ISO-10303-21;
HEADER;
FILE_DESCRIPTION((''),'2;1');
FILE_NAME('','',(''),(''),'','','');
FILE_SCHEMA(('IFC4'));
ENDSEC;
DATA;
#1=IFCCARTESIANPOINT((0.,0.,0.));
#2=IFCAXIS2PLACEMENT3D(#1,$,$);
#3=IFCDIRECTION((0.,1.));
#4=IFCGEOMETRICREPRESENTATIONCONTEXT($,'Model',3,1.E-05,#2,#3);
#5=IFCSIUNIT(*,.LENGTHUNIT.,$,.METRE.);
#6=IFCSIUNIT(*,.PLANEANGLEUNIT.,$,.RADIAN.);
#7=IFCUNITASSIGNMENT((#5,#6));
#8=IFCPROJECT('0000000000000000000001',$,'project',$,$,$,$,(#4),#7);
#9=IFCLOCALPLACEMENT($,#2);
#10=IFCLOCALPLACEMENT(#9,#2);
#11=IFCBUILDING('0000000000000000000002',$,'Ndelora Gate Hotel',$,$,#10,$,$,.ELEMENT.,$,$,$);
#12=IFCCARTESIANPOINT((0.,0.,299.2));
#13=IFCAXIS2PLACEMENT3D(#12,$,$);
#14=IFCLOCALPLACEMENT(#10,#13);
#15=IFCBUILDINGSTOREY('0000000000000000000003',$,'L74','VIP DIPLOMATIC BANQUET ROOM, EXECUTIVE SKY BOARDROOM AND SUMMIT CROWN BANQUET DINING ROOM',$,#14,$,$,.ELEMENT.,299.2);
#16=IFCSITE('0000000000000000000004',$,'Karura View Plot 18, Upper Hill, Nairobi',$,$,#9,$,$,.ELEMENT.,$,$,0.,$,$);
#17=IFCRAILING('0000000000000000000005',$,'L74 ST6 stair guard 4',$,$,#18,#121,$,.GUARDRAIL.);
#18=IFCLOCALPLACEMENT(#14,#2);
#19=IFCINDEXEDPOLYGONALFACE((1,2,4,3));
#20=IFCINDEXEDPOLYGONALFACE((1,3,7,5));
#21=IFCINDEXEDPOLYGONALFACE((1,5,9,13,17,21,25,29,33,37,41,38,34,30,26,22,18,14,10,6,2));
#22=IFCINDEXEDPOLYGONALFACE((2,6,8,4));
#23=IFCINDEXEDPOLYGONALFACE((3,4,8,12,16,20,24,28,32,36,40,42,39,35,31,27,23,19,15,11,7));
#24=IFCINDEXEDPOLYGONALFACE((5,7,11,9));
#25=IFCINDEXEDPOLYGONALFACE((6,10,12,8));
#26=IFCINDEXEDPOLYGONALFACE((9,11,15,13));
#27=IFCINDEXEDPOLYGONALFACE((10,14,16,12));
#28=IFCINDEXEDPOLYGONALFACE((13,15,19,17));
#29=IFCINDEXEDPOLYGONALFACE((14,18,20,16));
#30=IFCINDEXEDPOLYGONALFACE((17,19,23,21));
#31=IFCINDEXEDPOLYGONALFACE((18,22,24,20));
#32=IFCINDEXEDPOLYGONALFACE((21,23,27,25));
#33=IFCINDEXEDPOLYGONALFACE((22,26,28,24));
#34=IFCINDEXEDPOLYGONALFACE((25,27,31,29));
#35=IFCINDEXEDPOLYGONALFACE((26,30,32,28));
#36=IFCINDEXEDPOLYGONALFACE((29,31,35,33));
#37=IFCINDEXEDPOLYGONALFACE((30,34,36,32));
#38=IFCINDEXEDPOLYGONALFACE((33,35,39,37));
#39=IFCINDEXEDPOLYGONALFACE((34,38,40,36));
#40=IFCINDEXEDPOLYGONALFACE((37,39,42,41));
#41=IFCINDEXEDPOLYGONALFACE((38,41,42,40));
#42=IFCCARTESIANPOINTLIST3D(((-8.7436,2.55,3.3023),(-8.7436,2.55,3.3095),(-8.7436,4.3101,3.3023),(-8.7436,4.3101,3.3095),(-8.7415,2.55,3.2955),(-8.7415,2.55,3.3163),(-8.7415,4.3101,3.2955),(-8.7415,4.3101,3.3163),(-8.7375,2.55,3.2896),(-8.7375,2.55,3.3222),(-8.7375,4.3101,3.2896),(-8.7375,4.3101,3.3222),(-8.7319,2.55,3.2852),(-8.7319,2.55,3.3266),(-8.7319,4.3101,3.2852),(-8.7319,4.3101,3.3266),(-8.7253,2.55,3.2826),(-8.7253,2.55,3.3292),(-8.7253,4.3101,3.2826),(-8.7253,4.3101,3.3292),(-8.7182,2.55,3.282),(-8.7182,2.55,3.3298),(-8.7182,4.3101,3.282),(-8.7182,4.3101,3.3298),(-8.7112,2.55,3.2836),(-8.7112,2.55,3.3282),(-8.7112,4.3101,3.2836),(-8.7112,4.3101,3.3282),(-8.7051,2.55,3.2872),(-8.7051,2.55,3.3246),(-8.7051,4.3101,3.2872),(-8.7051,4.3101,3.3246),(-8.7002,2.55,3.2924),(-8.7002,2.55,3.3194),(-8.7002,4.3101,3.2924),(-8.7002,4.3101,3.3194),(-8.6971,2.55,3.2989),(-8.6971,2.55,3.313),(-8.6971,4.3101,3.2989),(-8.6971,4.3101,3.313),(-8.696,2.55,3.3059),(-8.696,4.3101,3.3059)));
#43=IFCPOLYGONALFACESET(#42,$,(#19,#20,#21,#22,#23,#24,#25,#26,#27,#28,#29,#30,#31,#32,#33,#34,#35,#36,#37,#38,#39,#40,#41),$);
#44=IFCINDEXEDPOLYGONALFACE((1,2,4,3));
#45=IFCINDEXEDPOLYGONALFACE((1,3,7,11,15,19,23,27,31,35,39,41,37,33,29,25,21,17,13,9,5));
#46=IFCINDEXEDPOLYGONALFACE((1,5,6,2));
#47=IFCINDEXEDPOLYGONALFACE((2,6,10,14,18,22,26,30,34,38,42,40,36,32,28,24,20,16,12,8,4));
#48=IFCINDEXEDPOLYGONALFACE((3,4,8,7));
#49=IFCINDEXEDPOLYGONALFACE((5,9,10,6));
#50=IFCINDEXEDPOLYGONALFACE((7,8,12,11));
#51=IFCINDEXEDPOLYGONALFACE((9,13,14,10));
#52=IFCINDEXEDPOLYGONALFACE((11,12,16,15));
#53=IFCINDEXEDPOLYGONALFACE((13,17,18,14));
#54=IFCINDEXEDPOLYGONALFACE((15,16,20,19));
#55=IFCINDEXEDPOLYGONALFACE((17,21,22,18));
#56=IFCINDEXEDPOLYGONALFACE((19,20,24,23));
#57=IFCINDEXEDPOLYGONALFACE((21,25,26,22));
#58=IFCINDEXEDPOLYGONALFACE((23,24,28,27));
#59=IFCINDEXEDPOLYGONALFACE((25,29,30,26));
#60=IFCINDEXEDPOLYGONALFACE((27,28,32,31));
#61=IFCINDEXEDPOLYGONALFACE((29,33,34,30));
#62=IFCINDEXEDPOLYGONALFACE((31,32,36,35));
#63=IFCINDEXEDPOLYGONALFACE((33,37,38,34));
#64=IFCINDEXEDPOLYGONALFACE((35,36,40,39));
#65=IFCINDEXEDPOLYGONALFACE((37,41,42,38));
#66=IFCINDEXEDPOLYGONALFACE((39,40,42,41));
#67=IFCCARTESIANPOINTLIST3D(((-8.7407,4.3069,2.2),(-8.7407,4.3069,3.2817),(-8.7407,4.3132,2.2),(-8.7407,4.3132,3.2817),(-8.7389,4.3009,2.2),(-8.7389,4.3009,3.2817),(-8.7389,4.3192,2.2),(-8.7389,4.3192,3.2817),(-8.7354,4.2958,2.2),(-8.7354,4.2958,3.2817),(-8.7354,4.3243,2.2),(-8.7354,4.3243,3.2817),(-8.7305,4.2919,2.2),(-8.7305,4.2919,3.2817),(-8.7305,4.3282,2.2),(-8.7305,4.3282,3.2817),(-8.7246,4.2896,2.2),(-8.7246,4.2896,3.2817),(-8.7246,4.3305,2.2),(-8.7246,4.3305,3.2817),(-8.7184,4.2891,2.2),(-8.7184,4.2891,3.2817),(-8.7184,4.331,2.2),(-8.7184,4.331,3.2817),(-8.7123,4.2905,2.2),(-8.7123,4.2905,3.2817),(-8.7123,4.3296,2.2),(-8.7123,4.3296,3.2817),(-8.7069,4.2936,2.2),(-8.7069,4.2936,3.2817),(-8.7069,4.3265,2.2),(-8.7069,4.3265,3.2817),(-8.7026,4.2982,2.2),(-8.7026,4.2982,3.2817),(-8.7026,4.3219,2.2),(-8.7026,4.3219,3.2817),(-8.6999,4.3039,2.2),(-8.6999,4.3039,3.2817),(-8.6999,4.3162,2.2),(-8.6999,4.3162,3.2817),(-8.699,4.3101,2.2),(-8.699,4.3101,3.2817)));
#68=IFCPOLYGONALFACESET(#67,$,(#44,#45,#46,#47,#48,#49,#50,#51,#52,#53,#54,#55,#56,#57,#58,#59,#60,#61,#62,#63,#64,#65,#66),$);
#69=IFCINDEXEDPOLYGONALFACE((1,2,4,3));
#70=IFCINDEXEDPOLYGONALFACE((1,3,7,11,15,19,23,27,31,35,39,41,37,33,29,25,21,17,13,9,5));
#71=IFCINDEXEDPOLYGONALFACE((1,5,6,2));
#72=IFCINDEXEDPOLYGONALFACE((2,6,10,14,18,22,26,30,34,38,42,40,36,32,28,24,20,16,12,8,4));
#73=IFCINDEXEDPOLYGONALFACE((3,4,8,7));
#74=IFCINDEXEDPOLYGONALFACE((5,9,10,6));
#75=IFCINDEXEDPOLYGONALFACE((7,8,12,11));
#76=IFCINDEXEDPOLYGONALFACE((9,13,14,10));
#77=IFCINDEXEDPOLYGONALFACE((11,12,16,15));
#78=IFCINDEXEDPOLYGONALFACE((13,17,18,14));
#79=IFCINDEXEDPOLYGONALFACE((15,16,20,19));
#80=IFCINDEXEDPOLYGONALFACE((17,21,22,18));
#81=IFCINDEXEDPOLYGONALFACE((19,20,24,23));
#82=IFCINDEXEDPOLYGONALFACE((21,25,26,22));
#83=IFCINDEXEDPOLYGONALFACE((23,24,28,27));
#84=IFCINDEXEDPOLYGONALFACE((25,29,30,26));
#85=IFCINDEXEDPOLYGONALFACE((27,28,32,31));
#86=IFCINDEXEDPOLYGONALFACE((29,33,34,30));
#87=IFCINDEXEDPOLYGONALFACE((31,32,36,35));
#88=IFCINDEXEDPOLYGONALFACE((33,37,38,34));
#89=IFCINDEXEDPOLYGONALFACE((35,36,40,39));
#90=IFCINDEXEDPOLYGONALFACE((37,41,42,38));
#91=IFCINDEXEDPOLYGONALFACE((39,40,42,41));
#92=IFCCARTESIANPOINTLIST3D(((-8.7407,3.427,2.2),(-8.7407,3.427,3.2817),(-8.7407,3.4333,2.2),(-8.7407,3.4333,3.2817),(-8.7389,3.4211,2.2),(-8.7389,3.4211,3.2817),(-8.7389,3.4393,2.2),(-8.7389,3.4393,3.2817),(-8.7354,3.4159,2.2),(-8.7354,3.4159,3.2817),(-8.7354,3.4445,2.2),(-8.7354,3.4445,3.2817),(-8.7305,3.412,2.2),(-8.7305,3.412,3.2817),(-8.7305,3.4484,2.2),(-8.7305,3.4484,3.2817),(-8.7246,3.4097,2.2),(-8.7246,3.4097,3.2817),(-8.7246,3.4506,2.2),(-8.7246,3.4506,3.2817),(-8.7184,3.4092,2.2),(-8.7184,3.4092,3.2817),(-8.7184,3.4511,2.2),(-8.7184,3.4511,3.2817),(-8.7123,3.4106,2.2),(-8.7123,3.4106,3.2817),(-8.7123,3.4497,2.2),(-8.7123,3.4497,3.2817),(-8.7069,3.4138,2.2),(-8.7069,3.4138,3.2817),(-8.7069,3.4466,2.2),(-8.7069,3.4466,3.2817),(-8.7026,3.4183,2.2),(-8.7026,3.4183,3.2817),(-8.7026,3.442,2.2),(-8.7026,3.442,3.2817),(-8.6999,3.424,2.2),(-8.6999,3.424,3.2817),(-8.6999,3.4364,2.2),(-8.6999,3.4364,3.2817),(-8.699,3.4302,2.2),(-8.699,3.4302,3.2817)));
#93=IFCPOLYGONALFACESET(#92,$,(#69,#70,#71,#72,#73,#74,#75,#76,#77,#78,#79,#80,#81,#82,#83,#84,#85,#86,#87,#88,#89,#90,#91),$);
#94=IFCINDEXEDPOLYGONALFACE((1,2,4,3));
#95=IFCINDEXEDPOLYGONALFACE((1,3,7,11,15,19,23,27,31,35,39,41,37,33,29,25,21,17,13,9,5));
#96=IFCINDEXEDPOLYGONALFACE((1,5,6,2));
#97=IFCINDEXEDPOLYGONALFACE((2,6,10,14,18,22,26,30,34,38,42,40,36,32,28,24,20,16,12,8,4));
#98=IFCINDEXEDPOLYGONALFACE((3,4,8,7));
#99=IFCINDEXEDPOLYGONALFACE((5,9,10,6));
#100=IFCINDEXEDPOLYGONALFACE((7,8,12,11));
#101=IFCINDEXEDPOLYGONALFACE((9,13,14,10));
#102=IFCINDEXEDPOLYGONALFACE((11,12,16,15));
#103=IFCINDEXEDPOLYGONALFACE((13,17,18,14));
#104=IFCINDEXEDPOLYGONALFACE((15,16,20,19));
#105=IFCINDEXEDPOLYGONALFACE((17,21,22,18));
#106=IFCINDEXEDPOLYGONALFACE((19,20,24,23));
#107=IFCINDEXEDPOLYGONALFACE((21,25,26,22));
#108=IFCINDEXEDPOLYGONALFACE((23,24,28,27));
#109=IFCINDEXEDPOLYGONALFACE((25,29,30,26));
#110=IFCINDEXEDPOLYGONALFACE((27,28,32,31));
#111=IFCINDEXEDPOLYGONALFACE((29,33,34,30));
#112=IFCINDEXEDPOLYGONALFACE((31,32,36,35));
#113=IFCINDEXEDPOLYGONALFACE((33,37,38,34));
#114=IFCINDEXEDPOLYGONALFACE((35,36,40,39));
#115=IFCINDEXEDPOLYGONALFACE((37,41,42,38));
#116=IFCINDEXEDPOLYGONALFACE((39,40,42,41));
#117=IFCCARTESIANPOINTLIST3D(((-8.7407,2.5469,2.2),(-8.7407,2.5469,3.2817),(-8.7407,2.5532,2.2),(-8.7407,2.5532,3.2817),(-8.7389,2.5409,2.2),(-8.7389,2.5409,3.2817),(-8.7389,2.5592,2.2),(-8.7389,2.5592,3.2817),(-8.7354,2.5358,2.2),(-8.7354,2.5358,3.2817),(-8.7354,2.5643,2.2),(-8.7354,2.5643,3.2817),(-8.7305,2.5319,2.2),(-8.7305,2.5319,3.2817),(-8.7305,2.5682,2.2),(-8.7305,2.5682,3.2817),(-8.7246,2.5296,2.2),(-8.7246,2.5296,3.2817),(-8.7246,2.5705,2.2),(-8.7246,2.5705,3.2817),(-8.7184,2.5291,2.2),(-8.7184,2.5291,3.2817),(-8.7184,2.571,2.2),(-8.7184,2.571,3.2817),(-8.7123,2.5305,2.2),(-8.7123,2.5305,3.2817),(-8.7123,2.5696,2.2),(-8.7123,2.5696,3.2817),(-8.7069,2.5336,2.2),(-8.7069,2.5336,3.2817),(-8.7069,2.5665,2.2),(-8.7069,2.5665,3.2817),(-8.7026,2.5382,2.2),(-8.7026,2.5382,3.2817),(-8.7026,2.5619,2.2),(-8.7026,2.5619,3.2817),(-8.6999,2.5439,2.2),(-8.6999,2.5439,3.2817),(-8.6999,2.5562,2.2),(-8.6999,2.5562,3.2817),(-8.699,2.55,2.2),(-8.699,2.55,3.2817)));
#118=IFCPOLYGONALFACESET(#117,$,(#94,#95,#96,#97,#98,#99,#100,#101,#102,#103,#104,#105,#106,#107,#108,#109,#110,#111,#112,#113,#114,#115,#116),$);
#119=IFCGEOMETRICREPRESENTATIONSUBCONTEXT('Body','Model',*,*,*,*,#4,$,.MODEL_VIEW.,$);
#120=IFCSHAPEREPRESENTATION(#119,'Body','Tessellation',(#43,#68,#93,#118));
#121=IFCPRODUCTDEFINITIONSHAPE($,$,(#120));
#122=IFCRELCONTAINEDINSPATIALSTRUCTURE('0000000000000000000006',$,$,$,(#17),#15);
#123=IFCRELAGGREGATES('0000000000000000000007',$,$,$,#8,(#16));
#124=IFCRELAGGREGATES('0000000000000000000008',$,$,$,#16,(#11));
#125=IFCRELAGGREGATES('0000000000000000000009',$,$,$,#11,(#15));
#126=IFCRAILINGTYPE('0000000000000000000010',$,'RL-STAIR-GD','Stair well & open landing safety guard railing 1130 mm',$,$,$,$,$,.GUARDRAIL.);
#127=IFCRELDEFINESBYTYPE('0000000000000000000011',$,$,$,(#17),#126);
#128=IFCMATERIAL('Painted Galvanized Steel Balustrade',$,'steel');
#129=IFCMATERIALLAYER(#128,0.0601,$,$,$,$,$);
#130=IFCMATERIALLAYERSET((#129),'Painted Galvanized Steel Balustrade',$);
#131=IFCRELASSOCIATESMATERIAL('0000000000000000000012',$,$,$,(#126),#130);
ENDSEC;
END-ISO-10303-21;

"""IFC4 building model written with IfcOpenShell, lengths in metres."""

from ifc_helpers import new_model, si_unit, direction, frame, origin, origin_2d, place, context, subcontext, project, spatial, circle, extrude, material, layer, layer_set, type_object, element, save


model = new_model("IFC4")

# Units and contexts
model_context = context("Model", 3, precision=1e-05, world=origin(), true_north=direction((0.0, 1.0)))
body_context = subcontext(model_context, "Body", "Model", "MODEL_VIEW")
ifc_project = project(units=[si_unit("LENGTHUNIT", "METRE"), si_unit("PLANEANGLEUNIT", "RADIAN")], contexts=[model_context])

# Site, building, storey
site_placement = place(None, origin())
site = spatial("IfcSite", under=ifc_project, at=site_placement, Name="Karura View Plot 18, Upper Hill, Nairobi", CompositionType="ELEMENT", RefElevation=0.0)
building_placement = place(site_placement, origin())
building = spatial("IfcBuilding", under=site, at=building_placement, Name="Ndelora Gate Hotel", CompositionType="ELEMENT")
storey_placement = place(building_placement, frame((0.0, 0.0, 299.2)))
storey = spatial("IfcBuildingStorey", under=building, at=storey_placement, Name="L74", Description="VIP DIPLOMATIC BANQUET ROOM, EXECUTIVE SKY BOARDROOM AND SUMMIT CROWN BANQUET DINING ROOM", CompositionType="ELEMENT", Elevation=299.2)

# Railing
ifc_material_1 = material(Name="Painted Galvanized Steel Balustrade", Category="steel")
ifc_layer_1 = layer(ifc_material_1, 0.0601)
ifc_layer_set_1 = layer_set([ifc_layer_1], Name="Painted Galvanized Steel Balustrade")
railing_type_1 = type_object("IfcRailingType", Name="RL-STAIR-GD", Description="Stair well & open landing safety guard railing 1130 mm", PredefinedType="GUARDRAIL", material=ifc_layer_set_1)
for number, where, name in (
    (1, (-8.72, 4.3101, 2.2), "L74 ST6 stair guard 4"),
):
    element("IfcRailing", number, at=place(storey_placement, frame(where)), inside=storey, type_object=railing_type_1, Name=name, PredefinedType="GUARDRAIL", context=body_context, shape_type="SweptSolid", body=[
        extrude(circle(Radius=0.0239, at=origin_2d()), frame((0.0, 0.0, 1.106), z_axis=(0.0, -1.0, 0.0), x_axis=(1.0, 0.0, 0.0)), (0.0, 0.0, 1.0), 1.76),
        extrude(circle(Radius=0.021, at=origin_2d()), origin(), (0.0, 0.0, 1.0), 1.0818),
        extrude(circle(Radius=0.021, at=origin_2d()), frame((0.0, -0.8799, 0.0)), (0.0, 0.0, 1.0), 1.0818),
        extrude(circle(Radius=0.021, at=origin_2d()), frame((0.0, -1.76, 0.0)), (0.0, 0.0, 1.0), 1.0818),
    ])

save(model, "model.ifc")
